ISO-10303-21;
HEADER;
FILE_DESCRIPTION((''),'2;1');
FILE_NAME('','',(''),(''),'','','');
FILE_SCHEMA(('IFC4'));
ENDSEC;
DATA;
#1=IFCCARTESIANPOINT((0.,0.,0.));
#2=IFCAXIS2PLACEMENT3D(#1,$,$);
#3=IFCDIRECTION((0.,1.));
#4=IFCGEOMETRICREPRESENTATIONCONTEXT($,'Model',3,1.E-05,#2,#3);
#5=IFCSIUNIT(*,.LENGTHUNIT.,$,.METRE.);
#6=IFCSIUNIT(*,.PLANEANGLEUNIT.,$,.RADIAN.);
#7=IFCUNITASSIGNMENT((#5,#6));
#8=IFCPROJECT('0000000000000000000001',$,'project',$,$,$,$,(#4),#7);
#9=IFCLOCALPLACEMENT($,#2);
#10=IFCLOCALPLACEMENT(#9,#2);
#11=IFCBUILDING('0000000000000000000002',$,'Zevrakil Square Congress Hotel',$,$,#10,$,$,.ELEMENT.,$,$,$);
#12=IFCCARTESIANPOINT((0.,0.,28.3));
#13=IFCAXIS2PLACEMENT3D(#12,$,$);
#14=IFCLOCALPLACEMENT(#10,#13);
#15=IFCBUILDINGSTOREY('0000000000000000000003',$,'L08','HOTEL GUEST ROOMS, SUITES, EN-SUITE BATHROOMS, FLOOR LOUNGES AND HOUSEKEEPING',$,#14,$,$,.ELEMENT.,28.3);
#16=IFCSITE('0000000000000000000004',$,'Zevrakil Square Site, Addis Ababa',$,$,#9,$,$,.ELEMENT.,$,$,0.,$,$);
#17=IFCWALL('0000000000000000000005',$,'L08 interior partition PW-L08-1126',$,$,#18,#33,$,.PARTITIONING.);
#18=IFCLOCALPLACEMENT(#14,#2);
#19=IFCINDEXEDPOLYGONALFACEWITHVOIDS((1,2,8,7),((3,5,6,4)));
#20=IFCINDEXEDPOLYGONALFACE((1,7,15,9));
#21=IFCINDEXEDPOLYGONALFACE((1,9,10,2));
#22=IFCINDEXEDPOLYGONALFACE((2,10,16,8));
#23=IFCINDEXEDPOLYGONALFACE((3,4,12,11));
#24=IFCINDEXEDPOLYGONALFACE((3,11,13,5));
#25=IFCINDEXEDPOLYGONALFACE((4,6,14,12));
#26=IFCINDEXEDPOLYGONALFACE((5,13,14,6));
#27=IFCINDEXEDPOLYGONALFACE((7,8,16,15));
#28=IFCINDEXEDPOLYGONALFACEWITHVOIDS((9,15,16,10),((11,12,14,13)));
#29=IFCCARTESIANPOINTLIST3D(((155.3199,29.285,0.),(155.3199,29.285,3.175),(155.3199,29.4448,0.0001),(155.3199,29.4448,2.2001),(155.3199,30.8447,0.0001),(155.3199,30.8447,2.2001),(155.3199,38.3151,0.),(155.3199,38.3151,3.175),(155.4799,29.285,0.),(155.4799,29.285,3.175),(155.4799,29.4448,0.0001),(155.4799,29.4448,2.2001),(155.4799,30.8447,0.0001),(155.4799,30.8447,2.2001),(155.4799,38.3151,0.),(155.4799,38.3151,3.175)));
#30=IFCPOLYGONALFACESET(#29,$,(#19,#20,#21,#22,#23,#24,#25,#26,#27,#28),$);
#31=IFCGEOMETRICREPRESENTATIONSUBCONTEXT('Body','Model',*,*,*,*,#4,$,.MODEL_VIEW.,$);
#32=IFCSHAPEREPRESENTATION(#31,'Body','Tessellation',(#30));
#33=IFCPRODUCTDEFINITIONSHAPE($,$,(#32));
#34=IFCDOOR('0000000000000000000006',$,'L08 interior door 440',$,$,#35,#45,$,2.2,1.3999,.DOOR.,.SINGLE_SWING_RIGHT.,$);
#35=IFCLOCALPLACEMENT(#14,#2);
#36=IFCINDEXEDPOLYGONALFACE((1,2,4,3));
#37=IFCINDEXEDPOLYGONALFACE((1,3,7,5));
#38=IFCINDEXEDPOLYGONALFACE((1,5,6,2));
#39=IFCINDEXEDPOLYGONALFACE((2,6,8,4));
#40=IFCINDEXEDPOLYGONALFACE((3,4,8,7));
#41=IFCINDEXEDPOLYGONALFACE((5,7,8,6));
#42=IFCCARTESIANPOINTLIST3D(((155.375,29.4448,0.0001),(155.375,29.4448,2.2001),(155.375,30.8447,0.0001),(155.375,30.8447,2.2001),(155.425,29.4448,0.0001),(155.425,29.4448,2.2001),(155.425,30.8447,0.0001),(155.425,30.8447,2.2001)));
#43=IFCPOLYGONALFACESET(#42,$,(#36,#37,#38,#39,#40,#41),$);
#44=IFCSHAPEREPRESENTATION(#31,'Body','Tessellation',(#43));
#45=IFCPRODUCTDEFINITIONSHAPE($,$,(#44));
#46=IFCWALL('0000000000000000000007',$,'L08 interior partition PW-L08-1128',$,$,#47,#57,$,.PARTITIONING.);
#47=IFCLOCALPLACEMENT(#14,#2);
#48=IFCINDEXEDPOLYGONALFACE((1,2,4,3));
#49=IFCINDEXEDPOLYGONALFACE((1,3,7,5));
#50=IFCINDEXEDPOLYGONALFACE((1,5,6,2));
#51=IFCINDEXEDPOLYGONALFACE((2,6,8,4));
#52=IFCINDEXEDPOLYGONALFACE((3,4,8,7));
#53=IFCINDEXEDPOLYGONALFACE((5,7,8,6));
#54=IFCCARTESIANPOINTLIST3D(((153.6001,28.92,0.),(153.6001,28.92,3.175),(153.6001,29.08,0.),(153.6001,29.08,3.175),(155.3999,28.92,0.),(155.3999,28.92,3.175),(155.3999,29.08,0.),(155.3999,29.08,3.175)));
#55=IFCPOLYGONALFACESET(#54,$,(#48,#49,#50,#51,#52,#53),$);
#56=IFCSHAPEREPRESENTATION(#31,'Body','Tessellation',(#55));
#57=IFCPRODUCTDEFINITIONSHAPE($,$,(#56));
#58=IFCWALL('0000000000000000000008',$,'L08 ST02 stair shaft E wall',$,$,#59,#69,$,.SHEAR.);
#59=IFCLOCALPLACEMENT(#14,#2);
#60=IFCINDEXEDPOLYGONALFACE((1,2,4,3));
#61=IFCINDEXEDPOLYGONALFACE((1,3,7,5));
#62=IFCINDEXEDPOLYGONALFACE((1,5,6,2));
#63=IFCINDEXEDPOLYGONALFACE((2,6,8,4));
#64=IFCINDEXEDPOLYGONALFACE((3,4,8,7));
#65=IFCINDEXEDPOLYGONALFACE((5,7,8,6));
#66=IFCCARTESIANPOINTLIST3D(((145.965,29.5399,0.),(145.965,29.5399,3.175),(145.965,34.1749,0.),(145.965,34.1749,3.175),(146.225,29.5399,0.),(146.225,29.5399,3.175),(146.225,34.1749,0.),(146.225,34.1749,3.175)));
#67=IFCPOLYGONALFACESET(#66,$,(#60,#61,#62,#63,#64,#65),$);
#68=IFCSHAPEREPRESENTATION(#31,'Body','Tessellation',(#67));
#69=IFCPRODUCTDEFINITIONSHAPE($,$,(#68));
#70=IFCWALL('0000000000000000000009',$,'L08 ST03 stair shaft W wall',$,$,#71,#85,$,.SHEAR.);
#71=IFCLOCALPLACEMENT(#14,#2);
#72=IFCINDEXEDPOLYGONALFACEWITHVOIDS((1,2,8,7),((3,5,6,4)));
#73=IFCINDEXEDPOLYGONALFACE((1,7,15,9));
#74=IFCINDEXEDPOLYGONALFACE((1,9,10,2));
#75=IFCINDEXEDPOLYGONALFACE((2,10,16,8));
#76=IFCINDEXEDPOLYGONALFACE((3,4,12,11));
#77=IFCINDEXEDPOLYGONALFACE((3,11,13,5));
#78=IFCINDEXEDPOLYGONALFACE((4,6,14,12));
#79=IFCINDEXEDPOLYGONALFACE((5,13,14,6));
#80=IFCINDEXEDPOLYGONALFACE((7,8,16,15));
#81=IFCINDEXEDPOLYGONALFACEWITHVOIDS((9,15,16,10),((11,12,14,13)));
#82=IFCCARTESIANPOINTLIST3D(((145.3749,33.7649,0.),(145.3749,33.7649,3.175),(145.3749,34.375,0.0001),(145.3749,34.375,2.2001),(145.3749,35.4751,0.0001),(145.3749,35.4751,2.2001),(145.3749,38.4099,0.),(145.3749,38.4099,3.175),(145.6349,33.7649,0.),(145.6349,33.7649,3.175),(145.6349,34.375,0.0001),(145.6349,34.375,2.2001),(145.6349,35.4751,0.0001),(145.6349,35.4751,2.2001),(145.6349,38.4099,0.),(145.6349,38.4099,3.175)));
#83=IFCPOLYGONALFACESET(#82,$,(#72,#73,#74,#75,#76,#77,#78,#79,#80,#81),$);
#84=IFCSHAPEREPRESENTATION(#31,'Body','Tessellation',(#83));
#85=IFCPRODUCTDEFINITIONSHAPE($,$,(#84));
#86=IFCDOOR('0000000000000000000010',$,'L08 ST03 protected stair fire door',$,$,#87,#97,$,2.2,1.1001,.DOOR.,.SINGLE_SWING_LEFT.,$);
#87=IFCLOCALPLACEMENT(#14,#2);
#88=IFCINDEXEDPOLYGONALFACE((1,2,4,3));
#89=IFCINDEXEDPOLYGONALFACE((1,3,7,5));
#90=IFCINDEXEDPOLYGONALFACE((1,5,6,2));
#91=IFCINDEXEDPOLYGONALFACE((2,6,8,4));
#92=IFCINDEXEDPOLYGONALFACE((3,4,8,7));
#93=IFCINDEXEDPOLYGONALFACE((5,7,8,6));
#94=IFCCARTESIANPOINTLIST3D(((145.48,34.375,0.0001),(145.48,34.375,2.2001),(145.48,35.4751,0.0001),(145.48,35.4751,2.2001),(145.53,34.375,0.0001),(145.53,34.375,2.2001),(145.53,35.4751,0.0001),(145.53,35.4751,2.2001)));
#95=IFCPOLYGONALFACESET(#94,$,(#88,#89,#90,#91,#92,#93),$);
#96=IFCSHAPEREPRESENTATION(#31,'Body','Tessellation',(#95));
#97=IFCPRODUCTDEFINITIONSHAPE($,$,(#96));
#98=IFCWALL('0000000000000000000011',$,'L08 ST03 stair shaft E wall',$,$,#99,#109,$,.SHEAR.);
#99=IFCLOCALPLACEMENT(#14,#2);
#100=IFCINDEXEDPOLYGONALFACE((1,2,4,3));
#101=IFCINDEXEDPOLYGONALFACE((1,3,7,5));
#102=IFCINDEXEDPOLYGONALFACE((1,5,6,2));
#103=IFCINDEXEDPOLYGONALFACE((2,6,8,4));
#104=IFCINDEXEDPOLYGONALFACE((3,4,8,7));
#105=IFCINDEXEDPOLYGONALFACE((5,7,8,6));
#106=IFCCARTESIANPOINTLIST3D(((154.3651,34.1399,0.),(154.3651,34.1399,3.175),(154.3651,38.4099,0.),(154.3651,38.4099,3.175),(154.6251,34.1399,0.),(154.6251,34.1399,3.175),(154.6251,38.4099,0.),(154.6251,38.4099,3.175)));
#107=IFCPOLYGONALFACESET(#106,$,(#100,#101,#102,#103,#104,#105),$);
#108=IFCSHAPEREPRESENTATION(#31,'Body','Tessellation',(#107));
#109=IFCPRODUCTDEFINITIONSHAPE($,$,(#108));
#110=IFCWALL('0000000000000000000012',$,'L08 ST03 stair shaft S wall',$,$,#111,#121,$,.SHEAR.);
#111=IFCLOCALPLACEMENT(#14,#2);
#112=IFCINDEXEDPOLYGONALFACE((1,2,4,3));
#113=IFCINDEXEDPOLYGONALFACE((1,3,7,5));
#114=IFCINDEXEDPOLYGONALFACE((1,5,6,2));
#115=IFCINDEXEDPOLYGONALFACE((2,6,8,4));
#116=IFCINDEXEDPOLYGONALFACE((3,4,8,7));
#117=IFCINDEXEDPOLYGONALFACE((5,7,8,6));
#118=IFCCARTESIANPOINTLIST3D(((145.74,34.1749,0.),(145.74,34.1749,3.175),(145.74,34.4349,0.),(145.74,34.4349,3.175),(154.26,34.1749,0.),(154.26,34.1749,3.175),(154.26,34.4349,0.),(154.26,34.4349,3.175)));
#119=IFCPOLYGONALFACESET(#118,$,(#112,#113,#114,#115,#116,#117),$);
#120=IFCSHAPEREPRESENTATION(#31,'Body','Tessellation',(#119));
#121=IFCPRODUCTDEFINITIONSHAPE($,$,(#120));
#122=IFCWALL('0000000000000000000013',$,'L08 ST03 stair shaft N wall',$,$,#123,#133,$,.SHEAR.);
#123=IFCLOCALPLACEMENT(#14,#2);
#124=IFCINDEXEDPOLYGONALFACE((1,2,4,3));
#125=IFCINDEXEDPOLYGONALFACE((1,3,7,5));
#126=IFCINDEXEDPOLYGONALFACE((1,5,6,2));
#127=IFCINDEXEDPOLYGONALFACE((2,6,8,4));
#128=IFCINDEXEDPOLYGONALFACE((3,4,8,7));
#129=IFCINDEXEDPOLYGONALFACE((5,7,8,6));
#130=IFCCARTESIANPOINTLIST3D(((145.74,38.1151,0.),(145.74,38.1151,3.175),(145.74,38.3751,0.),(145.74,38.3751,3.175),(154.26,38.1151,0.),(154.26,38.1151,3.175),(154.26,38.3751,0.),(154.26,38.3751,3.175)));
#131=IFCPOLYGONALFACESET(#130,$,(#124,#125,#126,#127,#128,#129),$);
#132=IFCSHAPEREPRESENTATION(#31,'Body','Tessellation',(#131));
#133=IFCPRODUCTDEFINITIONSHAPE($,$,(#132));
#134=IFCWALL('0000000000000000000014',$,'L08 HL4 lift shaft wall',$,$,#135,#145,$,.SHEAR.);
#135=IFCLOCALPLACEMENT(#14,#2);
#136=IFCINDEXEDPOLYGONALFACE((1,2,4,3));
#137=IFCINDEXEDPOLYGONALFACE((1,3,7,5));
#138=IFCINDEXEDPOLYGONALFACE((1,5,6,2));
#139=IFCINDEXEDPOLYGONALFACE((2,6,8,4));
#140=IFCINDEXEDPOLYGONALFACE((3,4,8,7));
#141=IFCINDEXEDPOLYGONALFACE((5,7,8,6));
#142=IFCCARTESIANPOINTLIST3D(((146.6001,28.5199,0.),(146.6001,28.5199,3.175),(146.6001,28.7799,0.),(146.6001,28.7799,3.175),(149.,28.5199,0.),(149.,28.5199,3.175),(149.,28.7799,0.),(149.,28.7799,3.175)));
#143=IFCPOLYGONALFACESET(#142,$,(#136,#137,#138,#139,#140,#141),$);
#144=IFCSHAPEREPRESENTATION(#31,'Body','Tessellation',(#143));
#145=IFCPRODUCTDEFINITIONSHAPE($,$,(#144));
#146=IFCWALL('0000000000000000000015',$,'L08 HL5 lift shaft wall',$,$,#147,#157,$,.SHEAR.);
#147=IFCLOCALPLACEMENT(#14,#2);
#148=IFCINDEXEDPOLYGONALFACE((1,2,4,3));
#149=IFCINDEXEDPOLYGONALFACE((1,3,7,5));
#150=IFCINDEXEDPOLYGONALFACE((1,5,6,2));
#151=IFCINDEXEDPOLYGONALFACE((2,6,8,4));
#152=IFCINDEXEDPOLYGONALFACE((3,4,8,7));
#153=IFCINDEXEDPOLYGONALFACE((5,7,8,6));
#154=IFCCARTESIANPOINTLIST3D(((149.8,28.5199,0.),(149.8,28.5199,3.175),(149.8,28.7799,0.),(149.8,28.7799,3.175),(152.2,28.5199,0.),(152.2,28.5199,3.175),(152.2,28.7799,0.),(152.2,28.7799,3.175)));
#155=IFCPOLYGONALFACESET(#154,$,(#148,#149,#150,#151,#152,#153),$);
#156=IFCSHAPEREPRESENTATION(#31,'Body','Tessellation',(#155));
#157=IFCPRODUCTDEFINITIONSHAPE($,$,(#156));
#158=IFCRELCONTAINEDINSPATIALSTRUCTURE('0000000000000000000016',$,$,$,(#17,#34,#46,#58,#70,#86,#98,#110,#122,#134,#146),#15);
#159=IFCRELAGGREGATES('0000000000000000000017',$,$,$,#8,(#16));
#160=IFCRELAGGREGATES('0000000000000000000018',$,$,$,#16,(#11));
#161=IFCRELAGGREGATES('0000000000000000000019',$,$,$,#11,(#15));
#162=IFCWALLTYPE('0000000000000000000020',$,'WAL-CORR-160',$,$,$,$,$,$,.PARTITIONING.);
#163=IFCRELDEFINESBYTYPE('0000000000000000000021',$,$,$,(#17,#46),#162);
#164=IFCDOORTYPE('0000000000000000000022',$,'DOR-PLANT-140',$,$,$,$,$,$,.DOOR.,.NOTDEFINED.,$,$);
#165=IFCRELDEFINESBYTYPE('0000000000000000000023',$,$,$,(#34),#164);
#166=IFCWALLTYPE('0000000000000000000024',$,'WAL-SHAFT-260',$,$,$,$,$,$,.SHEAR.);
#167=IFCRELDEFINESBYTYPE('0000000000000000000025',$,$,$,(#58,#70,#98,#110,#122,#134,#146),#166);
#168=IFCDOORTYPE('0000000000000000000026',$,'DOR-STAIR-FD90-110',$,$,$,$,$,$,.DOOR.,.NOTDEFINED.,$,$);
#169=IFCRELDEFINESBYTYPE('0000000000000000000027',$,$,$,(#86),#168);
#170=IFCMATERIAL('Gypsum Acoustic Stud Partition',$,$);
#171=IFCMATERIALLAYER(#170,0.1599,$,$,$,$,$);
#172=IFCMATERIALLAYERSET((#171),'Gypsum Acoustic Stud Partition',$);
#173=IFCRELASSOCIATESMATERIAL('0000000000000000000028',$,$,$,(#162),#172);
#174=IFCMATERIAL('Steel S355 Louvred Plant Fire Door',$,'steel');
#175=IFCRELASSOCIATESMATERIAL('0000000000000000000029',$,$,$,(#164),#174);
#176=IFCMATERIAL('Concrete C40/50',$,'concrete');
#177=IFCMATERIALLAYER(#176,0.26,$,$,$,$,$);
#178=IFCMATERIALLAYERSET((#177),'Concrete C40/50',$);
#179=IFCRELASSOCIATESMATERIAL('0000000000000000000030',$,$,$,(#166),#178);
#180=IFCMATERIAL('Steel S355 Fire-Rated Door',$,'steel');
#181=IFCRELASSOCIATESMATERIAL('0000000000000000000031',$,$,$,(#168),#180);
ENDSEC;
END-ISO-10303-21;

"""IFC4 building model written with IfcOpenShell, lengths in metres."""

from ifc_helpers import new_model, si_unit, direction, frame, frame_2d, origin, place, context, subcontext, project, spatial, rectangle, extrude, material, layer, layer_set, type_object, element, fill, save


model = new_model("IFC4")

# Units and contexts
model_context = context("Model", 3, precision=1e-05, world=origin(), true_north=direction((0.0, 1.0)))
body_context = subcontext(model_context, "Body", "Model", "MODEL_VIEW")
ifc_project = project(units=[si_unit("LENGTHUNIT", "METRE"), si_unit("PLANEANGLEUNIT", "RADIAN")], contexts=[model_context])

# Site, building, storey
site_placement = place(None, origin())
site = spatial("IfcSite", under=ifc_project, at=site_placement, Name="Zevrakil Square Site, Addis Ababa", CompositionType="ELEMENT", RefElevation=0.0)
building_placement = place(site_placement, origin())
building = spatial("IfcBuilding", under=site, at=building_placement, Name="Zevrakil Square Congress Hotel", CompositionType="ELEMENT")
storey_placement = place(building_placement, frame((0.0, 0.0, 28.3)))
storey = spatial("IfcBuildingStorey", under=building, at=storey_placement, Name="L08", Description="HOTEL GUEST ROOMS, SUITES, EN-SUITE BATHROOMS, FLOOR LOUNGES AND HOUSEKEEPING", CompositionType="ELEMENT", Elevation=28.3)

# Shared definitions
ifc_material_1 = material(Name="Gypsum Acoustic Stud Partition")
ifc_layer_1 = layer(ifc_material_1, 0.1599)
ifc_layer_set_1 = layer_set([ifc_layer_1], Name="Gypsum Acoustic Stud Partition")
wall_type_1 = type_object("IfcWallType", Name="WAL-CORR-160", PredefinedType="PARTITIONING", material=ifc_layer_set_1)

# Wall, opening, door
wall_1_placement = place(storey_placement, frame((155.3999, 29.2849, 0.0), z_axis=(0.0, 0.0, 1.0), x_axis=(0.0, 1.0, 0.0)))
wall_1 = element("IfcWall", 1, at=wall_1_placement, inside=storey, type_object=wall_type_1, Name="L08 interior partition PW-L08-1126", PredefinedType="PARTITIONING", context=body_context, shape_type="SweptSolid", body=[
    extrude(rectangle(XDim=9.03, YDim=0.1599, at=frame_2d((4.5151, 0.0))), origin(), (0.0, 0.0, 1.0), 3.175),
])
opening_1_placement = place(wall_1_placement, frame((0.1599, 0.0, 0.0)))
opening_1 = element("IfcOpeningElement", 2, at=opening_1_placement, cuts=wall_1, PredefinedType="OPENING", context=body_context, shape_type="SweptSolid", body=[
    extrude(rectangle(XDim=1.3999, YDim=2.2, at=frame_2d((0.7, 1.1001))), frame((0.0, 0.0898, 0.0), z_axis=(0.0, -1.0, 0.0), x_axis=(1.0, 0.0, 0.0)), (0.0, 0.0, 1.0), 0.1799),
])
ifc_material_2 = material(Name="Steel S355 Louvred Plant Fire Door", Category="steel")
door_type_1 = type_object("IfcDoorType", Name="DOR-PLANT-140", OperationType="NOTDEFINED", PredefinedType="DOOR", material=ifc_material_2)
door_1_placement = place(opening_1_placement, origin())
door_1 = element("IfcDoor", 3, at=door_1_placement, inside=storey, type_object=door_type_1, Name="L08 interior door 440", OperationType="SINGLE_SWING_RIGHT", OverallHeight=2.2, OverallWidth=1.3999, PredefinedType="DOOR", context=body_context, shape_type="SweptSolid", body=[
    extrude(rectangle(XDim=1.3999, YDim=2.2, at=frame_2d((0.7, 1.1001))), frame((0.0, 0.0249, 0.0), z_axis=(0.0, -1.0, 0.0), x_axis=(1.0, 0.0, 0.0)), (0.0, 0.0, 1.0), 0.05),
])
fill(opening_1, door_1)

# Walls
wall_2_placement = place(storey_placement, frame((153.6001, 29.0, 0.0), z_axis=(0.0, 0.0, 1.0), x_axis=(1.0, 0.0, 0.0)))
element("IfcWall", 4, at=wall_2_placement, inside=storey, type_object=wall_type_1, Name="L08 interior partition PW-L08-1128", PredefinedType="PARTITIONING", context=body_context, shape_type="SweptSolid", body=[
    extrude(rectangle(XDim=1.7998, YDim=0.1599, at=frame_2d((0.8999, 0.0))), origin(), (0.0, 0.0, 1.0), 3.175),
])
ifc_material_3 = material(Name="Concrete C40/50", Category="concrete")
ifc_layer_2 = layer(ifc_material_3, 0.26)
ifc_layer_set_2 = layer_set([ifc_layer_2], Name="Concrete C40/50")
wall_type_2 = type_object("IfcWallType", Name="WAL-SHAFT-260", PredefinedType="SHEAR", material=ifc_layer_set_2)
wall_3_placement = place(storey_placement, frame((146.095, 29.54, 0.0), z_axis=(0.0, 0.0, 1.0), x_axis=(0.0, 1.0, 0.0)))
element("IfcWall", 5, at=wall_3_placement, inside=storey, type_object=wall_type_2, Name="L08 ST02 stair shaft E wall", PredefinedType="SHEAR", context=body_context, shape_type="SweptSolid", body=[
    extrude(rectangle(XDim=4.635, YDim=0.26, at=frame_2d((2.3174, 0.0))), origin(), (0.0, 0.0, 1.0), 3.175),
])

# Wall, opening, door
wall_4_placement = place(storey_placement, frame((145.5049, 33.7649, 0.0), z_axis=(0.0, 0.0, 1.0), x_axis=(0.0, 1.0, 0.0)))
wall_4 = element("IfcWall", 6, at=wall_4_placement, inside=storey, type_object=wall_type_2, Name="L08 ST03 stair shaft W wall", PredefinedType="SHEAR", context=body_context, shape_type="SweptSolid", body=[
    extrude(rectangle(XDim=4.645, YDim=0.26, at=frame_2d((2.3225, 0.0))), origin(), (0.0, 0.0, 1.0), 3.175),
])
opening_2_placement = place(wall_4_placement, frame((0.6101, 0.0, 0.0)))
opening_2 = element("IfcOpeningElement", 7, at=opening_2_placement, cuts=wall_4, PredefinedType="OPENING", context=body_context, shape_type="SweptSolid", body=[
    extrude(rectangle(XDim=1.1001, YDim=2.2, at=frame_2d((0.55, 1.1001))), frame((0.0, 0.1401, 0.0), z_axis=(0.0, -1.0, 0.0), x_axis=(1.0, 0.0, 0.0)), (0.0, 0.0, 1.0), 0.28),
])
ifc_material_4 = material(Name="Steel S355 Fire-Rated Door", Category="steel")
door_type_2 = type_object("IfcDoorType", Name="DOR-STAIR-FD90-110", OperationType="NOTDEFINED", PredefinedType="DOOR", material=ifc_material_4)
door_2_placement = place(opening_2_placement, origin())
door_2 = element("IfcDoor", 8, at=door_2_placement, inside=storey, type_object=door_type_2, Name="L08 ST03 protected stair fire door", OperationType="SINGLE_SWING_LEFT", OverallHeight=2.2, OverallWidth=1.1001, PredefinedType="DOOR", context=body_context, shape_type="SweptSolid", body=[
    extrude(rectangle(XDim=1.1001, YDim=2.2, at=frame_2d((0.55, 1.1001))), frame((0.0, 0.0249, 0.0), z_axis=(0.0, -1.0, 0.0), x_axis=(1.0, 0.0, 0.0)), (0.0, 0.0, 1.0), 0.05),
])
fill(opening_2, door_2)

# Walls
wall_5_placement = place(storey_placement, frame((154.4951, 34.1399, 0.0), z_axis=(0.0, 0.0, 1.0), x_axis=(0.0, 1.0, 0.0)))
element("IfcWall", 9, at=wall_5_placement, inside=storey, type_object=wall_type_2, Name="L08 ST03 stair shaft E wall", PredefinedType="SHEAR", context=body_context, shape_type="SweptSolid", body=[
    extrude(rectangle(XDim=4.27, YDim=0.26, at=frame_2d((2.135, 0.0))), origin(), (0.0, 0.0, 1.0), 3.175),
])
for number, where, z_axis, x_axis, name in (
    (10, (145.74, 34.3049, 0.0), (0.0, 0.0, 1.0), (1.0, 0.0, 0.0), "L08 ST03 stair shaft S wall"),
    (11, (145.74, 38.2451, 0.0), (0.0, 0.0, 1.0), (1.0, 0.0, 0.0), "L08 ST03 stair shaft N wall"),
):
    element("IfcWall", number, at=place(storey_placement, frame(where, z_axis=z_axis, x_axis=x_axis)), inside=storey, type_object=wall_type_2, Name=name, PredefinedType="SHEAR", context=body_context, shape_type="SweptSolid", body=[
        extrude(rectangle(XDim=8.52, YDim=0.26, at=frame_2d((4.26, 0.0))), origin(), (0.0, 0.0, 1.0), 3.175),
    ])
for number, where, z_axis, x_axis, name in (
    (12, (146.6001, 28.6499, 0.0), (0.0, 0.0, 1.0), (1.0, 0.0, 0.0), "L08 HL4 lift shaft wall"),
    (13, (149.8, 28.6499, 0.0), (0.0, 0.0, 1.0), (1.0, 0.0, 0.0), "L08 HL5 lift shaft wall"),
):
    element("IfcWall", number, at=place(storey_placement, frame(where, z_axis=z_axis, x_axis=x_axis)), inside=storey, type_object=wall_type_2, Name=name, PredefinedType="SHEAR", context=body_context, shape_type="SweptSolid", body=[
        extrude(rectangle(XDim=2.3999, YDim=0.26, at=frame_2d((1.2, 0.0))), origin(), (0.0, 0.0, 1.0), 3.175),
    ])

save(model, "model.ifc")
